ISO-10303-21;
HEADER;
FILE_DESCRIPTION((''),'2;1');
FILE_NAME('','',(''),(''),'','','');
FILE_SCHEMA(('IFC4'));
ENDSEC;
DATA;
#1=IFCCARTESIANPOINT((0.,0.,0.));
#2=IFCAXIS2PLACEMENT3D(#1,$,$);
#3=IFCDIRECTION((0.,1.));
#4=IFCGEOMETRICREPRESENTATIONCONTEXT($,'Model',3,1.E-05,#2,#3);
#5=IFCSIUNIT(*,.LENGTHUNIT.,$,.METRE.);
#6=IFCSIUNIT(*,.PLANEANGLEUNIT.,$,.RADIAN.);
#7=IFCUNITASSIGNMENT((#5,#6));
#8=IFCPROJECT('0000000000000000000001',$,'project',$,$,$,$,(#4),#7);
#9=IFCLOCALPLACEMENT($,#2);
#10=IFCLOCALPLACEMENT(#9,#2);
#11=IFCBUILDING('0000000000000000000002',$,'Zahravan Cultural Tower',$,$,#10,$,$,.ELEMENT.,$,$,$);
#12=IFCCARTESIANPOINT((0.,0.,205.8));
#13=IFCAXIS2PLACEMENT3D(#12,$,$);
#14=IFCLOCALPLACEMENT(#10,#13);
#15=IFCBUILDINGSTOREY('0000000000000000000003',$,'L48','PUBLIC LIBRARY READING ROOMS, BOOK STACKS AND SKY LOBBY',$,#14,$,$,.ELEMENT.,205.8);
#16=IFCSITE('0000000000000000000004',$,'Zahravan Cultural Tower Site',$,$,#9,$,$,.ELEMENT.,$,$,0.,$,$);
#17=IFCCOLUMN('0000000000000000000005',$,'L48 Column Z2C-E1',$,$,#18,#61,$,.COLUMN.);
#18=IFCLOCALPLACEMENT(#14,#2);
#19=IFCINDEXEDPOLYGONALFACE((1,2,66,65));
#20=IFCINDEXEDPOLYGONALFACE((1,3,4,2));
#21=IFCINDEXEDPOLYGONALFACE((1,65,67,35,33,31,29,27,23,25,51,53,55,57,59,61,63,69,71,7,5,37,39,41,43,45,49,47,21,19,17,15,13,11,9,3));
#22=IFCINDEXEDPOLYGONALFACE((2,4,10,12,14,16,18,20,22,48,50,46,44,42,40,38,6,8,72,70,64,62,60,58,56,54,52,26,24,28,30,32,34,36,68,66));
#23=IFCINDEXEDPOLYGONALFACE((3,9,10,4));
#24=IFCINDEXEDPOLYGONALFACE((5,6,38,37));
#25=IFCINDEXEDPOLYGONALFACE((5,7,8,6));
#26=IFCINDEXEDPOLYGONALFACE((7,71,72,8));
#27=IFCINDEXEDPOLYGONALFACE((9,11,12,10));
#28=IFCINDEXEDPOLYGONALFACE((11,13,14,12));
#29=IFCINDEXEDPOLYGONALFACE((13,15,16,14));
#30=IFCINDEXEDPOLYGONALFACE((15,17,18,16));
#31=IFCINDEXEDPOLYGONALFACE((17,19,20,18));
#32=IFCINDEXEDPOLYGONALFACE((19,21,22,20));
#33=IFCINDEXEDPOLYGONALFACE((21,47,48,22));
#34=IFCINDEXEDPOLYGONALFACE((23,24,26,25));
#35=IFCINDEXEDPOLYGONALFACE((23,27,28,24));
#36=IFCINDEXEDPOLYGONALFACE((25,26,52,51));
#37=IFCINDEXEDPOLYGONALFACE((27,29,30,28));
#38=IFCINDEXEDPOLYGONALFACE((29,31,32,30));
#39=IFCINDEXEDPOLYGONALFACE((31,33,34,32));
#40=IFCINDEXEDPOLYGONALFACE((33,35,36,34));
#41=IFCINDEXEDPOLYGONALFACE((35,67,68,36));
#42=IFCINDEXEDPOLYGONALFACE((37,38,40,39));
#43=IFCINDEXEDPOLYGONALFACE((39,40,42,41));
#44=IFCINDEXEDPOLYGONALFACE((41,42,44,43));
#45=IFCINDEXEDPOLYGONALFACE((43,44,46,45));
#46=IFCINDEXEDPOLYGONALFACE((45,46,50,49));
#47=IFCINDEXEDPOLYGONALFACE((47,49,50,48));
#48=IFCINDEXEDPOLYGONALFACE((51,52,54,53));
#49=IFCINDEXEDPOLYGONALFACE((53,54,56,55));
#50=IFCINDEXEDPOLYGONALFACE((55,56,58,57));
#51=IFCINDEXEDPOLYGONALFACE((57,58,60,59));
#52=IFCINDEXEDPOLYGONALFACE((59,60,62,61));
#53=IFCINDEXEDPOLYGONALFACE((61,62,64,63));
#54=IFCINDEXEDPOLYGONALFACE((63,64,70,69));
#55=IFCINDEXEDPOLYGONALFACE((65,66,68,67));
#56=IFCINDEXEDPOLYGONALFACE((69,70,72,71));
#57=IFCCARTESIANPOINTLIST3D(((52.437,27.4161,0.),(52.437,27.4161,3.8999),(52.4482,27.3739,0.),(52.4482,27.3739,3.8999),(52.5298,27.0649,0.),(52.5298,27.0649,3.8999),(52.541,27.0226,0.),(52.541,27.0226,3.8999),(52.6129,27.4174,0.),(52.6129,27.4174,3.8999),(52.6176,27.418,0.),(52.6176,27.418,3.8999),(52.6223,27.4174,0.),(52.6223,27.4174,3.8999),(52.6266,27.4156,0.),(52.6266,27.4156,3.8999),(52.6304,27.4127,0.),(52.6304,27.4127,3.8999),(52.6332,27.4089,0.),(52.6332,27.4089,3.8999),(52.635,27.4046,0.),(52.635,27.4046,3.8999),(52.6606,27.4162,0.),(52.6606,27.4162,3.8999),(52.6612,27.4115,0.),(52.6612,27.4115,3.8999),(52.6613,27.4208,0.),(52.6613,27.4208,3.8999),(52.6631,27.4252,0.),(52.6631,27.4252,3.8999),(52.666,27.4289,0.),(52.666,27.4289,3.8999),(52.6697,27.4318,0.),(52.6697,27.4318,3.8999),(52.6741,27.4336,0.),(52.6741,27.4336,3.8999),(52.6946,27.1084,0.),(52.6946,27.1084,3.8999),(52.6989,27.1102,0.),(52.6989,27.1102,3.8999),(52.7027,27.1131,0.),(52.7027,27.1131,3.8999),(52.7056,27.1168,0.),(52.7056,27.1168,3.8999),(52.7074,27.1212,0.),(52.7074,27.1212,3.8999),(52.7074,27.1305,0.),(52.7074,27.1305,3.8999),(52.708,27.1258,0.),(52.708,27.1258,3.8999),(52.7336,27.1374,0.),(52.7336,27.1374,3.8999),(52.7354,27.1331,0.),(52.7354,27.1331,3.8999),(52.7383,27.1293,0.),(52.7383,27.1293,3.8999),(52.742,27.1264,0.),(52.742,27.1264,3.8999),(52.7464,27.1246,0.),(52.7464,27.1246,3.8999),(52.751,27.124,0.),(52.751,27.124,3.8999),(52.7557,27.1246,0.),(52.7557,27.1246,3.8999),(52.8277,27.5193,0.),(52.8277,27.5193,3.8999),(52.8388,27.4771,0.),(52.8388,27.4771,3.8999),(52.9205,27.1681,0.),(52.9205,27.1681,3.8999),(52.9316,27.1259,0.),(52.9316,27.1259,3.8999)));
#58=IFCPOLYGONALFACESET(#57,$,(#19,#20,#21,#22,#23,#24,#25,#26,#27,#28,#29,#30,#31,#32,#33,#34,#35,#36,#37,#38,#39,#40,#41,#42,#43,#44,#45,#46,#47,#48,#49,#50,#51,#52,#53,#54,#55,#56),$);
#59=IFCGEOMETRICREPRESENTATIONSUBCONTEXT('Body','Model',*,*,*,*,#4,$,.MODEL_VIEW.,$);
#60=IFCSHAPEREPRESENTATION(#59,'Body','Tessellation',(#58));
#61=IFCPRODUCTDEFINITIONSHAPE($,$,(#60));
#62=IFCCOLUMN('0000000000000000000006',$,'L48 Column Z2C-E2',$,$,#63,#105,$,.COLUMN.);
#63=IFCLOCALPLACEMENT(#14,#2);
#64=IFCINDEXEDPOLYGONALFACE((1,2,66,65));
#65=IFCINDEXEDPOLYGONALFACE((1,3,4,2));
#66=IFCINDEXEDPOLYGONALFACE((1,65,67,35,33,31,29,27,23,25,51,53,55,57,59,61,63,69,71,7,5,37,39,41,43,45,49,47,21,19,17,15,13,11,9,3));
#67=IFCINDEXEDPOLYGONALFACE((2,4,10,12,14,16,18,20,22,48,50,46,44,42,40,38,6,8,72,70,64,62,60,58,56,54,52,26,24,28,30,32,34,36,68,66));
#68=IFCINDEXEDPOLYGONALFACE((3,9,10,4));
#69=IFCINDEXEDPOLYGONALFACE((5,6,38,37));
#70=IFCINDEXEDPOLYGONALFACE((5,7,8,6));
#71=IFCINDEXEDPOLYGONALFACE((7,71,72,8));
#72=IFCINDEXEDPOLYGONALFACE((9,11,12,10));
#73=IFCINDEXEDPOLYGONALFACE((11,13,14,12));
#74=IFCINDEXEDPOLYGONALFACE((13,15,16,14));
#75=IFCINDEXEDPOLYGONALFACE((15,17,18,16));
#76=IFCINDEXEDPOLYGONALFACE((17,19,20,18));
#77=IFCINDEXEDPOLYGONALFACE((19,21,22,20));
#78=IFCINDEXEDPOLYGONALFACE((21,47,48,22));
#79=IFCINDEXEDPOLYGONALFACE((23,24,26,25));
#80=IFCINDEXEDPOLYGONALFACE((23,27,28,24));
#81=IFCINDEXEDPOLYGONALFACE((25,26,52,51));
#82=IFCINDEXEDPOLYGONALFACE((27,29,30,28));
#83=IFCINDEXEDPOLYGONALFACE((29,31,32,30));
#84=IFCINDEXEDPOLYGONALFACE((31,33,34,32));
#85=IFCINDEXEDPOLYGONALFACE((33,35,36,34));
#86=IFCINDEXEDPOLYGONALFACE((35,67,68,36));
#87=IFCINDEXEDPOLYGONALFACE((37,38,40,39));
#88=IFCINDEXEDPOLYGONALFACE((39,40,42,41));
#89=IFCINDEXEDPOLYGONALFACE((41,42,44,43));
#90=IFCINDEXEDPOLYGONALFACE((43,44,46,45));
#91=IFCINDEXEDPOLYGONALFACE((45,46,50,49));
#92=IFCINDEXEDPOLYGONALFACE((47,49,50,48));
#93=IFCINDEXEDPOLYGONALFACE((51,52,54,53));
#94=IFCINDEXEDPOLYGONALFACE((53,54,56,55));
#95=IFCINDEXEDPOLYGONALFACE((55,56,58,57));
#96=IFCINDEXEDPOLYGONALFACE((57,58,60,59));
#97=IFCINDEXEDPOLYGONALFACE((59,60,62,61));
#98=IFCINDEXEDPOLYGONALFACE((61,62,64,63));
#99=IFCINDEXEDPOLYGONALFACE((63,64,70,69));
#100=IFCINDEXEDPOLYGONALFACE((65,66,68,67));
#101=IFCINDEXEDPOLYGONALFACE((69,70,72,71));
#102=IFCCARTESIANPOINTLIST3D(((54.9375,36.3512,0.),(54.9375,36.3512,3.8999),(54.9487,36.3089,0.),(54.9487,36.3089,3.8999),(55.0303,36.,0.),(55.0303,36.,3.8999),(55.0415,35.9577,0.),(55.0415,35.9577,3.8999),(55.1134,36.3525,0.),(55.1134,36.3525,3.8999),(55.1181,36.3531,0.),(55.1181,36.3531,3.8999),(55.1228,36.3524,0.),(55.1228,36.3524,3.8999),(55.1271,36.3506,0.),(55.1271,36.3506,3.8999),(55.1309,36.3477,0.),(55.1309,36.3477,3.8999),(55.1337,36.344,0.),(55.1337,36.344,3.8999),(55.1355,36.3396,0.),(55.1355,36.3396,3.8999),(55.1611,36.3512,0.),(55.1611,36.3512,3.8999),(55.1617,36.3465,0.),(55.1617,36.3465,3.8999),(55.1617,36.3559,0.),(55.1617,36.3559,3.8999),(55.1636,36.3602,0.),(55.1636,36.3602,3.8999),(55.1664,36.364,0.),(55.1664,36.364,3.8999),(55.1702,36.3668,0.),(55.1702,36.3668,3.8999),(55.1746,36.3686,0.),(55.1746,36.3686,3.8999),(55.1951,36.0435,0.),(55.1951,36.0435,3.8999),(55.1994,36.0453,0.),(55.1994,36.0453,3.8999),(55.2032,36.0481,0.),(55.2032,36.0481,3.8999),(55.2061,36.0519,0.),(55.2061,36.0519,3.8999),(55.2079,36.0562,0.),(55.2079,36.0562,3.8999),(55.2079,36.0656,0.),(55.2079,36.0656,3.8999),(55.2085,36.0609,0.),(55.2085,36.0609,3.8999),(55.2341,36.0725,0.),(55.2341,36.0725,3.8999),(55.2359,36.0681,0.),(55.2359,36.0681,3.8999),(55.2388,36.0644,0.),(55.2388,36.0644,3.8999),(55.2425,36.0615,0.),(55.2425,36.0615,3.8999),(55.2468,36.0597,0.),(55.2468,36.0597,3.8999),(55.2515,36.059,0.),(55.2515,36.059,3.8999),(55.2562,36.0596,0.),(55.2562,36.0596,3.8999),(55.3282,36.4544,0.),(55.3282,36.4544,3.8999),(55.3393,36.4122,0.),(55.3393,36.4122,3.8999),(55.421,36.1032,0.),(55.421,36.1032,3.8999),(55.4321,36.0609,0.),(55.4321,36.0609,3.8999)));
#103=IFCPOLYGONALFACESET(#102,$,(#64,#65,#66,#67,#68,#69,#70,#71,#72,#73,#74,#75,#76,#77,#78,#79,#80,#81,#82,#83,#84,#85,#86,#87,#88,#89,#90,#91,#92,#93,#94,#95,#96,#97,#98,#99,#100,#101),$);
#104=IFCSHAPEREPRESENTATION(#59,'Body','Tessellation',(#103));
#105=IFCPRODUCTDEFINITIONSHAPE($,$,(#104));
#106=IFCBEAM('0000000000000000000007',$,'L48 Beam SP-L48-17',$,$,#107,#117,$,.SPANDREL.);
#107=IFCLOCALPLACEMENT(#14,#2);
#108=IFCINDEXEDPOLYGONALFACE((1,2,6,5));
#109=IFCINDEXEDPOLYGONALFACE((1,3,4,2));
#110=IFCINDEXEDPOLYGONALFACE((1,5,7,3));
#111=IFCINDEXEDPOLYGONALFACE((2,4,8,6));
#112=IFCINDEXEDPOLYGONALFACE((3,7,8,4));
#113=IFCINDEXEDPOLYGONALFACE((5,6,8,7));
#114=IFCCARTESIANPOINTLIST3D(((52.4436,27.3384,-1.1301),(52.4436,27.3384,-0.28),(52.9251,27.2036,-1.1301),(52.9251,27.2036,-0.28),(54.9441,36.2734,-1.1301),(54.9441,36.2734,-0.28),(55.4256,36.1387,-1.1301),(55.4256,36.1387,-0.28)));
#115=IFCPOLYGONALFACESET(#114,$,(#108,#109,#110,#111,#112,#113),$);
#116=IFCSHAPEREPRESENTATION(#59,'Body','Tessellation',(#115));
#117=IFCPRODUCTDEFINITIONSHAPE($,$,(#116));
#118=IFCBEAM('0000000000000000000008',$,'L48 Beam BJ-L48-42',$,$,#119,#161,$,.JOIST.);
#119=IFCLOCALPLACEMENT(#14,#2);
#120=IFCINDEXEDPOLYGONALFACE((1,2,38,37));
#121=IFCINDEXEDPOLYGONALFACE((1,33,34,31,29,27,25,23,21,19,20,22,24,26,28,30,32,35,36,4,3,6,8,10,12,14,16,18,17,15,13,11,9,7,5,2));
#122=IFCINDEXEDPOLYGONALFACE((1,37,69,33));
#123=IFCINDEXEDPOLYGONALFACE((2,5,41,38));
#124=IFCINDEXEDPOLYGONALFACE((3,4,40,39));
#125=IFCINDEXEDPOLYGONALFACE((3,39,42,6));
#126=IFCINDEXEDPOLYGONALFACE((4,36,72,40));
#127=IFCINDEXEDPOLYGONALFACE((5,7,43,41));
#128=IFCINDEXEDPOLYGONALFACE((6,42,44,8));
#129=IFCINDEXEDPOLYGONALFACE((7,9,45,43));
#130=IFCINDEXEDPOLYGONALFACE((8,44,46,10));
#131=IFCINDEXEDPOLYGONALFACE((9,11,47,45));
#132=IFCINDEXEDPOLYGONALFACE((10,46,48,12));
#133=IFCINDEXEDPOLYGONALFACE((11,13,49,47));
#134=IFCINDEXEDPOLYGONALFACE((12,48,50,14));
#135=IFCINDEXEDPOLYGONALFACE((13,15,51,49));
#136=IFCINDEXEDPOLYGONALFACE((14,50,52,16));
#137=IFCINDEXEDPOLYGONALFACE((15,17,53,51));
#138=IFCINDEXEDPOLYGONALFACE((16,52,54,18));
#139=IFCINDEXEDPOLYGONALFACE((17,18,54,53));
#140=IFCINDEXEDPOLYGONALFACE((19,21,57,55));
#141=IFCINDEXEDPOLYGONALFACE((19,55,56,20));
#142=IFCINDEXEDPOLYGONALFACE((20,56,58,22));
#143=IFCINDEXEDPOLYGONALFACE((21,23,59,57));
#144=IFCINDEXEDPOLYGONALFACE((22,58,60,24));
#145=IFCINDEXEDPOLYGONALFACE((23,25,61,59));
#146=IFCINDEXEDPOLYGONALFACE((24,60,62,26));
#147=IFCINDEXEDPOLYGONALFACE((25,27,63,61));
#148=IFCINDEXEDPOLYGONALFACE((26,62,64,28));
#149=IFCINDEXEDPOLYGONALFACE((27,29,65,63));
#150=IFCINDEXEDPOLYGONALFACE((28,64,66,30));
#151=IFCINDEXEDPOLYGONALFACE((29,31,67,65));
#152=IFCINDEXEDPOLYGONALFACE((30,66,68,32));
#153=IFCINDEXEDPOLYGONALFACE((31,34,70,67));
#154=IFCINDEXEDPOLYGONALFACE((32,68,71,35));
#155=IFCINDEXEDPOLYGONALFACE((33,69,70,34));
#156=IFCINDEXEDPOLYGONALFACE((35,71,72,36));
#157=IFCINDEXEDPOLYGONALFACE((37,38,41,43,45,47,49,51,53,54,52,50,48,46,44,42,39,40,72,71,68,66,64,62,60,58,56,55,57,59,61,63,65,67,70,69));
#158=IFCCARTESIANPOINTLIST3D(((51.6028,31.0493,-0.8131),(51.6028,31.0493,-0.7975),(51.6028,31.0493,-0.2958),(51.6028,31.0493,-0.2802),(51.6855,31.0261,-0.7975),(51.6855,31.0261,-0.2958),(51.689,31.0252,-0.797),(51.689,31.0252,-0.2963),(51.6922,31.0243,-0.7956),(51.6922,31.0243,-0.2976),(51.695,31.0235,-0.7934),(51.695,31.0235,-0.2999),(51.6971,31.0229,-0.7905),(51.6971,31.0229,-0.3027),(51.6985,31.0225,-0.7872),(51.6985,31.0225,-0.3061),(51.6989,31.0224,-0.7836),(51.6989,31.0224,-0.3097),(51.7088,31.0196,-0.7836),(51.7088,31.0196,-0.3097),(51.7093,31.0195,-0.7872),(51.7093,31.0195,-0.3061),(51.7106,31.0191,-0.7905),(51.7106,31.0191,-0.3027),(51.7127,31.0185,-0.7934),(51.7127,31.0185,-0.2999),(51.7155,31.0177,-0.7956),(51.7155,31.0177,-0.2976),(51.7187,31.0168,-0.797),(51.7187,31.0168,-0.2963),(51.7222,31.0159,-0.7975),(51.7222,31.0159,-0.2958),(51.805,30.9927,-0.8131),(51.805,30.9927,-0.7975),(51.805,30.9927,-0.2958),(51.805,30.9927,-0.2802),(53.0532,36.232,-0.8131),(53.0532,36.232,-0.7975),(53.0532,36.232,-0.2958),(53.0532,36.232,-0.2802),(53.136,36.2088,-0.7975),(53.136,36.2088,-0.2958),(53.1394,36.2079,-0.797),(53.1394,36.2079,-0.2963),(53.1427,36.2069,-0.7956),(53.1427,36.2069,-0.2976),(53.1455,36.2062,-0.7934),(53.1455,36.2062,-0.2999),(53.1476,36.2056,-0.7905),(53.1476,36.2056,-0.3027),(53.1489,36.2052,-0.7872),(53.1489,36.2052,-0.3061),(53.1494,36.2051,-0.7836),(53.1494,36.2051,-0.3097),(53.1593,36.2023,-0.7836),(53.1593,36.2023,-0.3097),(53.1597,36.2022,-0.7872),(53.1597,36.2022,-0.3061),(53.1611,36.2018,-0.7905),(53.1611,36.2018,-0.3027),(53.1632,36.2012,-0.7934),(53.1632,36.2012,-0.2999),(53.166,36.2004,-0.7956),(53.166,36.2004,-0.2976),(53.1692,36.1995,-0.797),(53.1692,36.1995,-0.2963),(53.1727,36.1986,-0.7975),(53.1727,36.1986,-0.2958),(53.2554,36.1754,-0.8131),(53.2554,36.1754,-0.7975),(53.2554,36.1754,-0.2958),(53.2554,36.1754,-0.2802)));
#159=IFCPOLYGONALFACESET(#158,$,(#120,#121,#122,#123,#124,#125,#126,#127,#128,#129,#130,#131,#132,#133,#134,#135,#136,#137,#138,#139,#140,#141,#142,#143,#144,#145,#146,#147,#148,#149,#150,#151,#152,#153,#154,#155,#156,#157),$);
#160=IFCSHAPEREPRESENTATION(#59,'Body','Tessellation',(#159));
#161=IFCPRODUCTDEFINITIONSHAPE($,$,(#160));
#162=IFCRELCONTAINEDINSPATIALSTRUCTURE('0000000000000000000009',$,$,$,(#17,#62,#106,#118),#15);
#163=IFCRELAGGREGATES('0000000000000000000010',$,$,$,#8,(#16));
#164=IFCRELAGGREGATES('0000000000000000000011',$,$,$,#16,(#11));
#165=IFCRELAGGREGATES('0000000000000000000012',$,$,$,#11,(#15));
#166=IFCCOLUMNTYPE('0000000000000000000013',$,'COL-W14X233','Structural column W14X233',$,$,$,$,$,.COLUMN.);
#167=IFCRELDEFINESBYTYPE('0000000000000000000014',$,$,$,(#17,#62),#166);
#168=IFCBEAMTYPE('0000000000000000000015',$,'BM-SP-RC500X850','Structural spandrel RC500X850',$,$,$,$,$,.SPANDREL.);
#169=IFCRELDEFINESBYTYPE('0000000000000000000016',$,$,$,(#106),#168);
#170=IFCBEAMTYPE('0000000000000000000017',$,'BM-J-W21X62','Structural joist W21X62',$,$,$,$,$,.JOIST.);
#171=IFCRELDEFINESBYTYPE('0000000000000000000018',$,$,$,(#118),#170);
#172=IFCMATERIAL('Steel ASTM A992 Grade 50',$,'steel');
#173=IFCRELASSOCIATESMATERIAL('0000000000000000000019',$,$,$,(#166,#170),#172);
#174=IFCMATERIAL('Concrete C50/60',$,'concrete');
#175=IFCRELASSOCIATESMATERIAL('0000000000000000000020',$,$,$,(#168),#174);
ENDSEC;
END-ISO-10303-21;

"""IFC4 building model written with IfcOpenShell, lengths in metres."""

from ifc_helpers import new_model, si_unit, direction, frame, origin, origin_2d, place, context, subcontext, project, spatial, rectangle, i_section, extrude, source, transform, mapped, material, material_profile, profile_set, type_object, element, save


model = new_model("IFC4")

# Units and contexts
model_context = context("Model", 3, precision=1e-05, world=origin(), true_north=direction((0.0, 1.0)))
body_context = subcontext(model_context, "Body", "Model", "MODEL_VIEW")
ifc_project = project(units=[si_unit("LENGTHUNIT", "METRE"), si_unit("PLANEANGLEUNIT", "RADIAN")], contexts=[model_context])

# Site, building, storey
site_placement = place(None, origin())
site = spatial("IfcSite", under=ifc_project, at=site_placement, Name="Zahravan Cultural Tower Site", CompositionType="ELEMENT", RefElevation=0.0)
building_placement = place(site_placement, origin())
building = spatial("IfcBuilding", under=site, at=building_placement, Name="Zahravan Cultural Tower", CompositionType="ELEMENT")
storey_placement = place(building_placement, frame((0.0, 0.0, 205.8)))
storey = spatial("IfcBuildingStorey", under=building, at=storey_placement, Name="L48", Description="PUBLIC LIBRARY READING ROOMS, BOOK STACKS AND SKY LOBBY", CompositionType="ELEMENT", Elevation=205.8)

# Columns
ifc_material_1 = material(Name="Steel ASTM A992 Grade 50", Category="steel")
ifc_material_profile_1 = material_profile(ifc_material_1, i_section(OverallWidth=0.4041, OverallDepth=0.407, WebThickness=0.0271, FlangeThickness=0.0437, FilletRadius=0.0181, at=origin_2d()), Name="W14X233")
ifc_profile_set_1 = profile_set([ifc_material_profile_1], Name="Steel ASTM A992 Grade 50")
column_type = type_object("IfcColumnType", Name="COL-W14X233", Description="Structural column W14X233", PredefinedType="COLUMN", material=ifc_profile_set_1)
shared_shape_1 = source(origin(), body_context, "Body", "SweptSolid", [
    extrude(i_section(OverallWidth=0.4041, OverallDepth=0.407, WebThickness=0.0271, FlangeThickness=0.0437, FilletRadius=0.0181, at=origin_2d()), origin(), (0.0, 0.0, 1.0), 3.8999),
])
for number, where, z_axis, x_axis, name in (
    (1, (52.6843, 27.271, 0.0), (0.0, 0.0, 1.0), (0.966823, 0.255446, 0.0), "L48 Column Z2C-E1"),
    (2, (55.1848, 36.2061, 0.0), (0.0, 0.0, 1.0), (0.966823, 0.255446, 0.0), "L48 Column Z2C-E2"),
):
    element("IfcColumn", number, at=place(storey_placement, frame(where, z_axis=z_axis, x_axis=x_axis)), inside=storey, type_object=column_type, Name=name, PredefinedType="COLUMN", context=body_context, shape_type="MappedRepresentation", body=[
        mapped(shared_shape_1, transform((0.0, 0.0, 0.0), x_axis=(1.0, 0.0, 0.0), y_axis=(0.0, 1.0, 0.0), z_axis=(0.0, 0.0, 1.0), scale=1.0)),
    ])

# Beams
ifc_material_2 = material(Name="Concrete C50/60", Category="concrete")
ifc_material_profile_2 = material_profile(ifc_material_2, rectangle(XDim=0.5, YDim=0.8501, at=origin_2d()), Name="RC500X850")
ifc_profile_set_2 = profile_set([ifc_material_profile_2], Name="Concrete C50/60")
beam_type_1 = type_object("IfcBeamType", Name="BM-SP-RC500X850", Description="Structural spandrel RC500X850", PredefinedType="SPANDREL", material=ifc_profile_set_2)
shared_shape_2 = source(origin(), body_context, "Body", "SweptSolid", [
    extrude(rectangle(XDim=0.5, YDim=0.8501, at=origin_2d()), origin(), (0.0, 0.0, 1.0), 9.2783),
])
beam_1_placement = place(storey_placement, frame((52.6843, 27.271, -0.7051), z_axis=(0.269497, 0.963001, 0.0), x_axis=(-0.963001, 0.269497, 0.0)))
element("IfcBeam", 3, at=beam_1_placement, inside=storey, type_object=beam_type_1, Name="L48 Beam SP-L48-17", PredefinedType="SPANDREL", context=body_context, shape_type="MappedRepresentation", body=[
    mapped(shared_shape_2, transform((0.0, 0.0, 0.0), x_axis=(1.0, 0.0, 0.0), y_axis=(0.0, 1.0, 0.0), z_axis=(0.0, 0.0, 1.0), scale=1.0)),
])
ifc_material_profile_3 = material_profile(ifc_material_1, i_section(OverallWidth=0.21, OverallDepth=0.533, WebThickness=0.0103, FlangeThickness=0.0156, FilletRadius=0.0139, at=origin_2d()), Name="W21X62")
ifc_profile_set_3 = profile_set([ifc_material_profile_3], Name="Steel ASTM A992 Grade 50")
beam_type_2 = type_object("IfcBeamType", Name="BM-J-W21X62", Description="Structural joist W21X62", PredefinedType="JOIST", material=ifc_profile_set_3)
shared_shape_3 = source(origin(), body_context, "Body", "SweptSolid", [
    extrude(i_section(OverallWidth=0.21, OverallDepth=0.533, WebThickness=0.0103, FlangeThickness=0.0156, FilletRadius=0.0139, at=origin_2d()), origin(), (0.0, 0.0, 1.0), 5.3818),
])
beam_2_placement = place(storey_placement, frame((51.7039, 31.021, -0.5466), z_axis=(0.26951, 0.962997, 0.0), x_axis=(-0.962997, 0.26951, 0.0)))
element("IfcBeam", 4, at=beam_2_placement, inside=storey, type_object=beam_type_2, Name="L48 Beam BJ-L48-42", PredefinedType="JOIST", context=body_context, shape_type="MappedRepresentation", body=[
    mapped(shared_shape_3, transform((0.0, 0.0, 0.0), x_axis=(1.0, 0.0, 0.0), y_axis=(0.0, 1.0, 0.0), z_axis=(0.0, 0.0, 1.0), scale=1.0)),
])

save(model, "model.ifc")
